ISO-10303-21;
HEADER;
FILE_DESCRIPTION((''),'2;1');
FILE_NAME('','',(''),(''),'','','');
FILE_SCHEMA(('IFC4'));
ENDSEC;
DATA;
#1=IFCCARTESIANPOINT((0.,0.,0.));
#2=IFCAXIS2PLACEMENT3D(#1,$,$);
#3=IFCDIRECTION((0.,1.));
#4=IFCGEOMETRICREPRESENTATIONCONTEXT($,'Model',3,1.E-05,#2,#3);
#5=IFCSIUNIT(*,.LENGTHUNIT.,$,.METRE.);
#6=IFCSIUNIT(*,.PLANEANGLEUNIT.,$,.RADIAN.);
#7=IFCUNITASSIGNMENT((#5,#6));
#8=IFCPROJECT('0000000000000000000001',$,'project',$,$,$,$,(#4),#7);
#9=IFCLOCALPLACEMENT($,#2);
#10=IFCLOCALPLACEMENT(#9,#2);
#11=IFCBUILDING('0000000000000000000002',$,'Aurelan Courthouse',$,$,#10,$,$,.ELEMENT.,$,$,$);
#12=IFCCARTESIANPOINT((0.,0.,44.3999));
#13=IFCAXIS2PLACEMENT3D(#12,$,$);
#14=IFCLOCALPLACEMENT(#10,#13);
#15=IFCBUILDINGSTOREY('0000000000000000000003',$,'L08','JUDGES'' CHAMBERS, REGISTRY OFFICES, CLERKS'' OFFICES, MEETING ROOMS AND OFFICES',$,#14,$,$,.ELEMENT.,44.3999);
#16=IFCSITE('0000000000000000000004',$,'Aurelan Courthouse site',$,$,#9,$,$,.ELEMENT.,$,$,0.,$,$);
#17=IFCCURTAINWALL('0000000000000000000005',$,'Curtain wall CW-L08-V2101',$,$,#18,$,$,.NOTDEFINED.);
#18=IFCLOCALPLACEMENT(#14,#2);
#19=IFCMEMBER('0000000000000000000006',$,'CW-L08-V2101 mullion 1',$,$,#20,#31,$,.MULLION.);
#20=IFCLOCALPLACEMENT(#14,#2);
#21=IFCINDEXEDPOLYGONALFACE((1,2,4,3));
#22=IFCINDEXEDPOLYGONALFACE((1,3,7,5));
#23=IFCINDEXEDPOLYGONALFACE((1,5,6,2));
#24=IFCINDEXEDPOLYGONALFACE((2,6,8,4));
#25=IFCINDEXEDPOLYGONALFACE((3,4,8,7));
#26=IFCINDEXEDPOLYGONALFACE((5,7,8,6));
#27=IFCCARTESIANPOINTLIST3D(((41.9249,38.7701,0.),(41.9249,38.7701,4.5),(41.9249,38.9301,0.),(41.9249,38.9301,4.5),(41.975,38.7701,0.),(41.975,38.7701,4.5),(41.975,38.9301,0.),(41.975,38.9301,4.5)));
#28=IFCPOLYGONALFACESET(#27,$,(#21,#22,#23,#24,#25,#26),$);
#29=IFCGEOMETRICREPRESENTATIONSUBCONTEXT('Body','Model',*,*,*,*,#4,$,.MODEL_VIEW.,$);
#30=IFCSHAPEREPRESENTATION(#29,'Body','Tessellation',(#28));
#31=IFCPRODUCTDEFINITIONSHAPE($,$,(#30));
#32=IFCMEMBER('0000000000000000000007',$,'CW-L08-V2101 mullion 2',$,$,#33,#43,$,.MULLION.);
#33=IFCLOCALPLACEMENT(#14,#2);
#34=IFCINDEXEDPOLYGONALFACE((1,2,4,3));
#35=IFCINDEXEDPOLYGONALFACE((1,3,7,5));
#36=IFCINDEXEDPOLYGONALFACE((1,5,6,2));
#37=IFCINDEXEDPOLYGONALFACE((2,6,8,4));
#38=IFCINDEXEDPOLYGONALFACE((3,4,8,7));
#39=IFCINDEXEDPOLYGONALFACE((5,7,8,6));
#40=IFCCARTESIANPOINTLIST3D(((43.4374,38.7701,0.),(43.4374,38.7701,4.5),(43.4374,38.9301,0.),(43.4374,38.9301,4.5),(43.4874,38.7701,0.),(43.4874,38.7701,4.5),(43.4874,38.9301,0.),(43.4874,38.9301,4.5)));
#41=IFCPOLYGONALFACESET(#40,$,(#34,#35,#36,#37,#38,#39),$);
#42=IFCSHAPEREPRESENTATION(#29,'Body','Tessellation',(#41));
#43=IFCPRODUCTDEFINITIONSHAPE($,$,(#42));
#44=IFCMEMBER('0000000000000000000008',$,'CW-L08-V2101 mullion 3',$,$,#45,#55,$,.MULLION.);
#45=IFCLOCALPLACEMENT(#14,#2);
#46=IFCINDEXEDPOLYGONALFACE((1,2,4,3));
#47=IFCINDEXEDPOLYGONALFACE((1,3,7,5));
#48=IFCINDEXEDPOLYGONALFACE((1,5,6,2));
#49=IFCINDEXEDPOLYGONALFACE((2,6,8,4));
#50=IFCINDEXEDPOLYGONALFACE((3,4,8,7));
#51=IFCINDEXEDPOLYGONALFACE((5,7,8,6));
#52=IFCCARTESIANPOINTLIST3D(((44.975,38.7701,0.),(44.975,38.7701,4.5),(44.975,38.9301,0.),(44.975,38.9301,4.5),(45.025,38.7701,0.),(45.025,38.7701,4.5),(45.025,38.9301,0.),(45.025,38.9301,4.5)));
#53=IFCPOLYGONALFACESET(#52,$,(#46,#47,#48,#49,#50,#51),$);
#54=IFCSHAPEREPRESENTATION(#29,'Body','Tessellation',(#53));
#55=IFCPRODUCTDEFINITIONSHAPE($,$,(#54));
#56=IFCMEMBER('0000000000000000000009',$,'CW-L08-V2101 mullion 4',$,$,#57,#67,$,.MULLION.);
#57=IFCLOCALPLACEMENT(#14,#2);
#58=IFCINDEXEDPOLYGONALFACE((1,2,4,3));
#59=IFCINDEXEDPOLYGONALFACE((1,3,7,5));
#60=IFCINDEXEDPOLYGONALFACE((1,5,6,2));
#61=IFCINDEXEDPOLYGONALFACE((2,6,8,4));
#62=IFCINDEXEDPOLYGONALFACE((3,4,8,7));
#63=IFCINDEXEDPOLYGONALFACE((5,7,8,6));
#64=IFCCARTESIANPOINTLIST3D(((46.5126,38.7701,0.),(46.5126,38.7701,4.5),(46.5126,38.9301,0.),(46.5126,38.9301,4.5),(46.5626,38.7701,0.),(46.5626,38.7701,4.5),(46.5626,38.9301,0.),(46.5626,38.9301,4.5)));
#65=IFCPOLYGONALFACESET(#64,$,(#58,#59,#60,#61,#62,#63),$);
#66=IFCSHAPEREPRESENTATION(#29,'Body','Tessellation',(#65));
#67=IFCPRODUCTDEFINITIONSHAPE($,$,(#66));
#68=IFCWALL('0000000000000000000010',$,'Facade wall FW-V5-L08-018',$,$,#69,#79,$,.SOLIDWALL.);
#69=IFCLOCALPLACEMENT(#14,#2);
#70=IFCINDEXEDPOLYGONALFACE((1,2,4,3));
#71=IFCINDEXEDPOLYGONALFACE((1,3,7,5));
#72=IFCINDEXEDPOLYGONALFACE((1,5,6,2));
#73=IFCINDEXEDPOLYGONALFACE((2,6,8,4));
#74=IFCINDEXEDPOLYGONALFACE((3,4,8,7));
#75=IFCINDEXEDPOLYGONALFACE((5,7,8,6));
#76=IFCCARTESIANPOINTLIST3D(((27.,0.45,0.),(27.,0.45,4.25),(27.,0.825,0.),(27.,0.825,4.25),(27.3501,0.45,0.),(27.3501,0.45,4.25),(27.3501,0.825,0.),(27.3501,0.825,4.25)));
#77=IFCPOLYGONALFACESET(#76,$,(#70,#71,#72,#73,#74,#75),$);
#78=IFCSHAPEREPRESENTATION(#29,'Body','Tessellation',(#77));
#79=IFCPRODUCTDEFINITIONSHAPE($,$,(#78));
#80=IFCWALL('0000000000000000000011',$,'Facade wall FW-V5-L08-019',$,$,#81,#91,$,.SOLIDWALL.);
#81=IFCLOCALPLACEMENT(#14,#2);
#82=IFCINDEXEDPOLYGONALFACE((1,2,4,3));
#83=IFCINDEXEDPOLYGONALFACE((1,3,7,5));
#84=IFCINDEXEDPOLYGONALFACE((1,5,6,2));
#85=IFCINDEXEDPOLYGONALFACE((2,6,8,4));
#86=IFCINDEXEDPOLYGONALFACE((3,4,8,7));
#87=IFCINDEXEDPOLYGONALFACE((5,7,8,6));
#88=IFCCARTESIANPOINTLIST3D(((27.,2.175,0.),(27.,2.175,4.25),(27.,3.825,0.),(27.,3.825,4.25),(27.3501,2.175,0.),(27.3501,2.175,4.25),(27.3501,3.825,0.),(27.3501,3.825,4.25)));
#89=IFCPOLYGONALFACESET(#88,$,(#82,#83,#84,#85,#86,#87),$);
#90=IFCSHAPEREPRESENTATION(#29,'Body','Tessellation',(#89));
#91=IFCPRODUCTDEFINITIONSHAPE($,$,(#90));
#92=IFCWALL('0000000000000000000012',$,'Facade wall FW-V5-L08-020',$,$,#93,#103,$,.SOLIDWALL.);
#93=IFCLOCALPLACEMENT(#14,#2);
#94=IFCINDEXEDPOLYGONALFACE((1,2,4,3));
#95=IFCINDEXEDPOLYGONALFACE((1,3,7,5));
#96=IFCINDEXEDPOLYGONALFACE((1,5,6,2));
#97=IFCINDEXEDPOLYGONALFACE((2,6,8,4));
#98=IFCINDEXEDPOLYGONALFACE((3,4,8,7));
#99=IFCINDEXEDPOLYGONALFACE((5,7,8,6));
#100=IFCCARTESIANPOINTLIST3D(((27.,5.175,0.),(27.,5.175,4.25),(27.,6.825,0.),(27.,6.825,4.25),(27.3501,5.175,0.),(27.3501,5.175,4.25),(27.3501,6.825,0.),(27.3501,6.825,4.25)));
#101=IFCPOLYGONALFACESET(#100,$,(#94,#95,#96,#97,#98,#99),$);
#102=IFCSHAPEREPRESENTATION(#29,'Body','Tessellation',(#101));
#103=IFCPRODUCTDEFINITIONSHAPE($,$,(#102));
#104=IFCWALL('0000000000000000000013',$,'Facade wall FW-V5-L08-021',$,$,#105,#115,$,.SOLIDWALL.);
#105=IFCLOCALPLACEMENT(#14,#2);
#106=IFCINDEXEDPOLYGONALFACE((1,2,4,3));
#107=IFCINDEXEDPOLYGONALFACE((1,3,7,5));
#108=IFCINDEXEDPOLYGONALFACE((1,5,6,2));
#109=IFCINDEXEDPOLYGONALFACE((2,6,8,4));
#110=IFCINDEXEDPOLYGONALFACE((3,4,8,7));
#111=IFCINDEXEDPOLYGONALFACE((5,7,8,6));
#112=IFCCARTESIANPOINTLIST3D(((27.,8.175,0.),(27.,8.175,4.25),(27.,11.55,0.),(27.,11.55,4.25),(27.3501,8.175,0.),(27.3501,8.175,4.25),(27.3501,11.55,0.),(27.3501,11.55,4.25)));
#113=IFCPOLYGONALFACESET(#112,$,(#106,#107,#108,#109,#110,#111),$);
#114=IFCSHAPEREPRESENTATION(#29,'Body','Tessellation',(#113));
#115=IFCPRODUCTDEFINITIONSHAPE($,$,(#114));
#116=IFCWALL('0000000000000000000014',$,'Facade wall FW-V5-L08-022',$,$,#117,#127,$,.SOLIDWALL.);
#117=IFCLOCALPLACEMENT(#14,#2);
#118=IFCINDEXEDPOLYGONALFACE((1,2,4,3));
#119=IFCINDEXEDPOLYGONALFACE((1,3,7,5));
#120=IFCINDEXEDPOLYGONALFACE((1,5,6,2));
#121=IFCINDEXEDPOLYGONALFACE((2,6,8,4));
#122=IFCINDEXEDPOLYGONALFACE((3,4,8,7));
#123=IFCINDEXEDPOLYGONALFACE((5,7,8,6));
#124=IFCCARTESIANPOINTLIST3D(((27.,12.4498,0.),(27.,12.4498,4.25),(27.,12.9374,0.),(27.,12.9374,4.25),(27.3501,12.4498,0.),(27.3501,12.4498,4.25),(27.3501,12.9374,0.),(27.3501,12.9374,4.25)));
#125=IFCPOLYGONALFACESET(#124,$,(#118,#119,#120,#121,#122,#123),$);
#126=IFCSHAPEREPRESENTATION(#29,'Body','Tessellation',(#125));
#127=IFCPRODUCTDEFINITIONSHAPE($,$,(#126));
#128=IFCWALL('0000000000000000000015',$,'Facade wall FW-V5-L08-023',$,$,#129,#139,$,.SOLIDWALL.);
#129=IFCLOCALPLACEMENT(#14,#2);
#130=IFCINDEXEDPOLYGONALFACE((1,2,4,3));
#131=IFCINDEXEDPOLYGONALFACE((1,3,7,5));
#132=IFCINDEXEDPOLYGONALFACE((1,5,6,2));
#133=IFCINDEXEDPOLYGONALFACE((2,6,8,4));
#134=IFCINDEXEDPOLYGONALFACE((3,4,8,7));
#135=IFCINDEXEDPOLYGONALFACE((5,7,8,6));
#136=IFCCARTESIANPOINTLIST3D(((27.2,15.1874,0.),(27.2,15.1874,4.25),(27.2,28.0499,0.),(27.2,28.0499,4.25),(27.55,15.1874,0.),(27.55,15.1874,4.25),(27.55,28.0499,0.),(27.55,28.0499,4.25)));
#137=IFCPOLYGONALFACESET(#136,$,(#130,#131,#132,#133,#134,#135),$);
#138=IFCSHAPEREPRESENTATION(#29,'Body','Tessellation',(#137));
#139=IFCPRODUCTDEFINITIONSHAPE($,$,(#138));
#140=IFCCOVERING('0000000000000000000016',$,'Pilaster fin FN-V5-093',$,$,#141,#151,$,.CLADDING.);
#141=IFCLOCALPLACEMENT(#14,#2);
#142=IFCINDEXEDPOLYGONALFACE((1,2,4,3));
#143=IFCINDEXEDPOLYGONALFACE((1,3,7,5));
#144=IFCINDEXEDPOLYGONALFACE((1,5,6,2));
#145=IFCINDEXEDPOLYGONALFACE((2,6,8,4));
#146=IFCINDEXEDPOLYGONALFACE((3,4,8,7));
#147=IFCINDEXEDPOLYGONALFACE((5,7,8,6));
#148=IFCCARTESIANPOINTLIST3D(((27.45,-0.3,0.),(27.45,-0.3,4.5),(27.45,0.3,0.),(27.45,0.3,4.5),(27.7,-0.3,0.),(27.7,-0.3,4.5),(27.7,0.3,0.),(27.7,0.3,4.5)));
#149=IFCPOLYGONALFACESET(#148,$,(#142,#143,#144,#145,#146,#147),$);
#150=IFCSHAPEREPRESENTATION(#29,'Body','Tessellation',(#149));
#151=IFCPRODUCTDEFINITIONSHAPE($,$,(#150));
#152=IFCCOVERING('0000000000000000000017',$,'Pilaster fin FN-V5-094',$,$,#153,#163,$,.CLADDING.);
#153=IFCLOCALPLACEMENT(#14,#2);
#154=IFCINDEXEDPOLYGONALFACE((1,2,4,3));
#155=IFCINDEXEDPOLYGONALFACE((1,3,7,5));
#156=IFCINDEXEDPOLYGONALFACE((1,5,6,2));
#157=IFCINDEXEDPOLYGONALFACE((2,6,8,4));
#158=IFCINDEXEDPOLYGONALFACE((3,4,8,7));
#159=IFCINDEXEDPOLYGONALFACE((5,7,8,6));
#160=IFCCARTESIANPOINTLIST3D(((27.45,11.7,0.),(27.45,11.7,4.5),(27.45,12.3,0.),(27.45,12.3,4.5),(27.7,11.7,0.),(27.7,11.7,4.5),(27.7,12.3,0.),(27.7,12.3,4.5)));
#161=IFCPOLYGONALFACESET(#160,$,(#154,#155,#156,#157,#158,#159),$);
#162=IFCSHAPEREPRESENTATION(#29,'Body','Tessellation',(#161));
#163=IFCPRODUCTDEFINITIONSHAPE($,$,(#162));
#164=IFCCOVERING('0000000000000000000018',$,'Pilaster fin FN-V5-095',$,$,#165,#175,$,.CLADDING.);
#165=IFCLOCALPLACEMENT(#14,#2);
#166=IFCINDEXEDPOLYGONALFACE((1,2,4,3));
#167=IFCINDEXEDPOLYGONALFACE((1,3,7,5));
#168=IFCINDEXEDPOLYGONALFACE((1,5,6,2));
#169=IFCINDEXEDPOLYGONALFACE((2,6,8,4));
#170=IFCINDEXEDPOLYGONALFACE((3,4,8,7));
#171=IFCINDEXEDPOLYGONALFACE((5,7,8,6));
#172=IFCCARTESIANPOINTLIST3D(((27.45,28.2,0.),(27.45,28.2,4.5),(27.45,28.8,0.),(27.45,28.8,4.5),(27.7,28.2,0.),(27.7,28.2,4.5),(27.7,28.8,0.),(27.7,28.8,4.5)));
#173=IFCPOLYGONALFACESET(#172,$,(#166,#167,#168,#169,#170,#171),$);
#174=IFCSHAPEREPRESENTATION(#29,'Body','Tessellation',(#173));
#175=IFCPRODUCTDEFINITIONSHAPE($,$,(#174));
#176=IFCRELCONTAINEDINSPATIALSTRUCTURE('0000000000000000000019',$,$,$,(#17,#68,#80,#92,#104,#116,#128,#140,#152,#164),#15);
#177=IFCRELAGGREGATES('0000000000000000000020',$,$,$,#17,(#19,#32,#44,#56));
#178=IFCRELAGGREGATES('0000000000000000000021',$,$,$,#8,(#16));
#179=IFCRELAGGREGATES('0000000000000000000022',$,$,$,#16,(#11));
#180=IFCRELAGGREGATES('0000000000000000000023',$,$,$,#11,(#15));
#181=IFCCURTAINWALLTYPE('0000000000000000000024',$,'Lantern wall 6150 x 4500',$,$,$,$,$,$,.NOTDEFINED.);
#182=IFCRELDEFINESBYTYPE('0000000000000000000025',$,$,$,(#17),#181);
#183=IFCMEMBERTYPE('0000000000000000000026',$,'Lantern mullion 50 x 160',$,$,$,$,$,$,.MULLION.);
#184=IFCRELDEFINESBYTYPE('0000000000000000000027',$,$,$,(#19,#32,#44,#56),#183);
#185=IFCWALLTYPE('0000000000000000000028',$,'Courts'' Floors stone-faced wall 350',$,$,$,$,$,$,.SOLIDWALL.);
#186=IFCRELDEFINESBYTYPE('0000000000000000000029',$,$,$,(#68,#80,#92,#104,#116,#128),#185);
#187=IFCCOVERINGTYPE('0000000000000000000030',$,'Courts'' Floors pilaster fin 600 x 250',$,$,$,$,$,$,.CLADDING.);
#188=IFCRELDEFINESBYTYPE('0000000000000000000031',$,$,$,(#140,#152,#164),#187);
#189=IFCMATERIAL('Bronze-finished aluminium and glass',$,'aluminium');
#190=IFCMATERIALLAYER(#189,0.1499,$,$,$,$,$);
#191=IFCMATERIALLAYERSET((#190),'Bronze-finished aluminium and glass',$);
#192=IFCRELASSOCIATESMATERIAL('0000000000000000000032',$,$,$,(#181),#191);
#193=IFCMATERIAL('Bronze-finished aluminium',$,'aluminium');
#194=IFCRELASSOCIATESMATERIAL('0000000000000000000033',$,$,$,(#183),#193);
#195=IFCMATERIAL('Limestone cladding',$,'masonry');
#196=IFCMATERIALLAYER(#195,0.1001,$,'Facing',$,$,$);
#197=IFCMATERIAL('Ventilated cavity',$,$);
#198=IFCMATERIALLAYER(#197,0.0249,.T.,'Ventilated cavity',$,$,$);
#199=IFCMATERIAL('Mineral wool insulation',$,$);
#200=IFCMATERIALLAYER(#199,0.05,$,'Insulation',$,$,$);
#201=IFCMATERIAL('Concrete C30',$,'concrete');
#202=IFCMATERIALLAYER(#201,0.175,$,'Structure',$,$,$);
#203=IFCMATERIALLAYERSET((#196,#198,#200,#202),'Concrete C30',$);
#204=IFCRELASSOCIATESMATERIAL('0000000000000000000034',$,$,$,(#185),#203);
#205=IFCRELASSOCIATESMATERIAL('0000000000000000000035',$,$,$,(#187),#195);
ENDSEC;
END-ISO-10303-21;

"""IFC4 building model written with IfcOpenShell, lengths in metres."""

from ifc_helpers import new_model, si_unit, direction, frame, frame_2d, origin, origin_2d, place, context, subcontext, project, spatial, rectangle, extrude, material, layer, layer_set, material_profile, profile_set, type_object, element, aggregate, save


model = new_model("IFC4")

# Units and contexts
model_context = context("Model", 3, precision=1e-05, world=origin(), true_north=direction((0.0, 1.0)))
body_context = subcontext(model_context, "Body", "Model", "MODEL_VIEW")
ifc_project = project(units=[si_unit("LENGTHUNIT", "METRE"), si_unit("PLANEANGLEUNIT", "RADIAN")], contexts=[model_context])

# Site, building, storey
site_placement = place(None, origin())
site = spatial("IfcSite", under=ifc_project, at=site_placement, Name="Aurelan Courthouse site", CompositionType="ELEMENT", RefElevation=0.0)
building_placement = place(site_placement, origin())
building = spatial("IfcBuilding", under=site, at=building_placement, Name="Aurelan Courthouse", CompositionType="ELEMENT")
storey_placement = place(building_placement, frame((0.0, 0.0, 44.3999)))
storey = spatial("IfcBuildingStorey", under=building, at=storey_placement, Name="L08", Description="JUDGES' CHAMBERS, REGISTRY OFFICES, CLERKS' OFFICES, MEETING ROOMS AND OFFICES", CompositionType="ELEMENT", Elevation=44.3999)

# Curtain wall, members
ifc_material_1 = material(Name="Bronze-finished aluminium and glass", Category="aluminium")
ifc_material_2 = material(Name="Bronze-finished aluminium", Category="aluminium")
ifc_layer_1 = layer(ifc_material_1, 0.1499)
ifc_layer_set_1 = layer_set([ifc_layer_1], Name="Bronze-finished aluminium and glass")
curtain_wall_type_1 = type_object("IfcCurtainWallType", Name="Lantern wall 6150 x 4500", PredefinedType="NOTDEFINED", material=ifc_layer_set_1)
curtain_wall_1_placement = place(storey_placement, origin())
curtain_wall_1 = element("IfcCurtainWall", 1, at=curtain_wall_1_placement, inside=storey, type_object=curtain_wall_type_1, Name="Curtain wall CW-L08-V2101", PredefinedType="NOTDEFINED")
ifc_material_profile_1 = material_profile(ifc_material_2, rectangle(XDim=0.1599, YDim=0.05, at=origin_2d()), Name="Lantern mullion 50 x 160")
ifc_profile_set_1 = profile_set([ifc_material_profile_1], Name="Bronze-finished aluminium")
member_type_1 = type_object("IfcMemberType", Name="Lantern mullion 50 x 160", PredefinedType="MULLION", material=ifc_profile_set_1)
member_1_placement = place(storey_placement, frame((41.95, 38.8501, 0.0), z_axis=(0.0, 0.0, 1.0), x_axis=(0.0, 1.0, 0.0)))
member_1 = element("IfcMember", 2, at=member_1_placement, type_object=member_type_1, Name="CW-L08-V2101 mullion 1", PredefinedType="MULLION", context=body_context, shape_type="SweptSolid", body=[
    extrude(rectangle(XDim=0.1599, YDim=0.05, at=origin_2d()), origin(), (0.0, 0.0, 1.0), 4.5),
])
member_2_placement = place(storey_placement, frame((43.4624, 38.8501, 0.0), z_axis=(0.0, 0.0, 1.0), x_axis=(0.0, 1.0, 0.0)))
member_2 = element("IfcMember", 3, at=member_2_placement, type_object=member_type_1, Name="CW-L08-V2101 mullion 2", PredefinedType="MULLION", context=body_context, shape_type="SweptSolid", body=[
    extrude(rectangle(XDim=0.1599, YDim=0.05, at=origin_2d()), origin(), (0.0, 0.0, 1.0), 4.5),
])
member_3_placement = place(storey_placement, frame((45.0, 38.8501, 0.0), z_axis=(0.0, 0.0, 1.0), x_axis=(0.0, 1.0, 0.0)))
member_3 = element("IfcMember", 4, at=member_3_placement, type_object=member_type_1, Name="CW-L08-V2101 mullion 3", PredefinedType="MULLION", context=body_context, shape_type="SweptSolid", body=[
    extrude(rectangle(XDim=0.1599, YDim=0.05, at=origin_2d()), origin(), (0.0, 0.0, 1.0), 4.5),
])
member_4_placement = place(storey_placement, frame((46.5376, 38.8501, 0.0), z_axis=(0.0, 0.0, 1.0), x_axis=(0.0, 1.0, 0.0)))
member_4 = element("IfcMember", 5, at=member_4_placement, type_object=member_type_1, Name="CW-L08-V2101 mullion 4", PredefinedType="MULLION", context=body_context, shape_type="SweptSolid", body=[
    extrude(rectangle(XDim=0.1599, YDim=0.05, at=origin_2d()), origin(), (0.0, 0.0, 1.0), 4.5),
])
aggregate(curtain_wall_1, [member_1, member_2, member_3, member_4])

# Walls
ifc_material_3 = material(Name="Limestone cladding", Category="masonry")
ifc_layer_2 = layer(ifc_material_3, 0.1001, Name="Facing")
ifc_material_4 = material(Name="Ventilated cavity")
ifc_layer_3 = layer(ifc_material_4, 0.0249, ventilated=True, Name="Ventilated cavity")
ifc_material_5 = material(Name="Mineral wool insulation")
ifc_layer_4 = layer(ifc_material_5, 0.05, Name="Insulation")
ifc_material_6 = material(Name="Concrete C30", Category="concrete")
ifc_layer_5 = layer(ifc_material_6, 0.175, Name="Structure")
ifc_layer_set_2 = layer_set([ifc_layer_2, ifc_layer_3, ifc_layer_4, ifc_layer_5], Name="Concrete C30")
wall_type = type_object("IfcWallType", Name="Courts' Floors stone-faced wall 350", PredefinedType="SOLIDWALL", material=ifc_layer_set_2)
wall_1_placement = place(storey_placement, frame((27.175, 0.45, 0.0), z_axis=(0.0, 0.0, 1.0), x_axis=(0.0, 1.0, 0.0)))
element("IfcWall", 6, at=wall_1_placement, inside=storey, type_object=wall_type, Name="Facade wall FW-V5-L08-018", PredefinedType="SOLIDWALL", context=body_context, shape_type="SweptSolid", body=[
    extrude(rectangle(XDim=0.375, YDim=0.3501, at=frame_2d((0.1875, 0.0))), origin(), (0.0, 0.0, 1.0), 4.25),
])
for number, where, z_axis, x_axis, name in (
    (7, (27.175, 2.175, 0.0), (0.0, 0.0, 1.0), (0.0, 1.0, 0.0), "Facade wall FW-V5-L08-019"),
    (8, (27.175, 5.175, 0.0), (0.0, 0.0, 1.0), (0.0, 1.0, 0.0), "Facade wall FW-V5-L08-020"),
):
    element("IfcWall", number, at=place(storey_placement, frame(where, z_axis=z_axis, x_axis=x_axis)), inside=storey, type_object=wall_type, Name=name, PredefinedType="SOLIDWALL", context=body_context, shape_type="SweptSolid", body=[
        extrude(rectangle(XDim=1.6499, YDim=0.3501, at=frame_2d((0.825, 0.0))), origin(), (0.0, 0.0, 1.0), 4.25),
    ])
wall_2_placement = place(storey_placement, frame((27.175, 8.175, 0.0), z_axis=(0.0, 0.0, 1.0), x_axis=(0.0, 1.0, 0.0)))
element("IfcWall", 9, at=wall_2_placement, inside=storey, type_object=wall_type, Name="Facade wall FW-V5-L08-021", PredefinedType="SOLIDWALL", context=body_context, shape_type="SweptSolid", body=[
    extrude(rectangle(XDim=3.375, YDim=0.3501, at=frame_2d((1.6875, 0.0))), origin(), (0.0, 0.0, 1.0), 4.25),
])
wall_3_placement = place(storey_placement, frame((27.175, 12.45, 0.0), z_axis=(0.0, 0.0, 1.0), x_axis=(0.0, 1.0, 0.0)))
element("IfcWall", 10, at=wall_3_placement, inside=storey, type_object=wall_type, Name="Facade wall FW-V5-L08-022", PredefinedType="SOLIDWALL", context=body_context, shape_type="SweptSolid", body=[
    extrude(rectangle(XDim=0.4875, YDim=0.3501, at=frame_2d((0.2437, 0.0))), origin(), (0.0, 0.0, 1.0), 4.25),
])
wall_4_placement = place(storey_placement, frame((27.375, 15.1875, 0.0), z_axis=(0.0, 0.0, 1.0), x_axis=(0.0, 1.0, 0.0)))
element("IfcWall", 11, at=wall_4_placement, inside=storey, type_object=wall_type, Name="Facade wall FW-V5-L08-023", PredefinedType="SOLIDWALL", context=body_context, shape_type="SweptSolid", body=[
    extrude(rectangle(XDim=12.8625, YDim=0.3501, at=frame_2d((6.4312, 0.0))), origin(), (0.0, 0.0, 1.0), 4.25),
])

# Coverings
covering_type_1 = type_object("IfcCoveringType", Name="Courts' Floors pilaster fin 600 x 250", PredefinedType="CLADDING", material=ifc_material_3)
for number, where, z_axis, x_axis, name in (
    (12, (27.575, 0.0, 0.0), (0.0, 0.0, 1.0), (1.0, 0.0, 0.0), "Pilaster fin FN-V5-093"),
    (13, (27.575, 12.0, 0.0), (0.0, 0.0, 1.0), (1.0, 0.0, 0.0), "Pilaster fin FN-V5-094"),
    (14, (27.575, 28.5, 0.0), (0.0, 0.0, 1.0), (1.0, 0.0, 0.0), "Pilaster fin FN-V5-095"),
):
    element("IfcCovering", number, at=place(storey_placement, frame(where, z_axis=z_axis, x_axis=x_axis)), inside=storey, type_object=covering_type_1, Name=name, PredefinedType="CLADDING", context=body_context, shape_type="SweptSolid", body=[
        extrude(rectangle(XDim=0.25, YDim=0.6001, at=origin_2d()), origin(), (0.0, 0.0, 1.0), 4.5),
    ])

save(model, "model.ifc")
